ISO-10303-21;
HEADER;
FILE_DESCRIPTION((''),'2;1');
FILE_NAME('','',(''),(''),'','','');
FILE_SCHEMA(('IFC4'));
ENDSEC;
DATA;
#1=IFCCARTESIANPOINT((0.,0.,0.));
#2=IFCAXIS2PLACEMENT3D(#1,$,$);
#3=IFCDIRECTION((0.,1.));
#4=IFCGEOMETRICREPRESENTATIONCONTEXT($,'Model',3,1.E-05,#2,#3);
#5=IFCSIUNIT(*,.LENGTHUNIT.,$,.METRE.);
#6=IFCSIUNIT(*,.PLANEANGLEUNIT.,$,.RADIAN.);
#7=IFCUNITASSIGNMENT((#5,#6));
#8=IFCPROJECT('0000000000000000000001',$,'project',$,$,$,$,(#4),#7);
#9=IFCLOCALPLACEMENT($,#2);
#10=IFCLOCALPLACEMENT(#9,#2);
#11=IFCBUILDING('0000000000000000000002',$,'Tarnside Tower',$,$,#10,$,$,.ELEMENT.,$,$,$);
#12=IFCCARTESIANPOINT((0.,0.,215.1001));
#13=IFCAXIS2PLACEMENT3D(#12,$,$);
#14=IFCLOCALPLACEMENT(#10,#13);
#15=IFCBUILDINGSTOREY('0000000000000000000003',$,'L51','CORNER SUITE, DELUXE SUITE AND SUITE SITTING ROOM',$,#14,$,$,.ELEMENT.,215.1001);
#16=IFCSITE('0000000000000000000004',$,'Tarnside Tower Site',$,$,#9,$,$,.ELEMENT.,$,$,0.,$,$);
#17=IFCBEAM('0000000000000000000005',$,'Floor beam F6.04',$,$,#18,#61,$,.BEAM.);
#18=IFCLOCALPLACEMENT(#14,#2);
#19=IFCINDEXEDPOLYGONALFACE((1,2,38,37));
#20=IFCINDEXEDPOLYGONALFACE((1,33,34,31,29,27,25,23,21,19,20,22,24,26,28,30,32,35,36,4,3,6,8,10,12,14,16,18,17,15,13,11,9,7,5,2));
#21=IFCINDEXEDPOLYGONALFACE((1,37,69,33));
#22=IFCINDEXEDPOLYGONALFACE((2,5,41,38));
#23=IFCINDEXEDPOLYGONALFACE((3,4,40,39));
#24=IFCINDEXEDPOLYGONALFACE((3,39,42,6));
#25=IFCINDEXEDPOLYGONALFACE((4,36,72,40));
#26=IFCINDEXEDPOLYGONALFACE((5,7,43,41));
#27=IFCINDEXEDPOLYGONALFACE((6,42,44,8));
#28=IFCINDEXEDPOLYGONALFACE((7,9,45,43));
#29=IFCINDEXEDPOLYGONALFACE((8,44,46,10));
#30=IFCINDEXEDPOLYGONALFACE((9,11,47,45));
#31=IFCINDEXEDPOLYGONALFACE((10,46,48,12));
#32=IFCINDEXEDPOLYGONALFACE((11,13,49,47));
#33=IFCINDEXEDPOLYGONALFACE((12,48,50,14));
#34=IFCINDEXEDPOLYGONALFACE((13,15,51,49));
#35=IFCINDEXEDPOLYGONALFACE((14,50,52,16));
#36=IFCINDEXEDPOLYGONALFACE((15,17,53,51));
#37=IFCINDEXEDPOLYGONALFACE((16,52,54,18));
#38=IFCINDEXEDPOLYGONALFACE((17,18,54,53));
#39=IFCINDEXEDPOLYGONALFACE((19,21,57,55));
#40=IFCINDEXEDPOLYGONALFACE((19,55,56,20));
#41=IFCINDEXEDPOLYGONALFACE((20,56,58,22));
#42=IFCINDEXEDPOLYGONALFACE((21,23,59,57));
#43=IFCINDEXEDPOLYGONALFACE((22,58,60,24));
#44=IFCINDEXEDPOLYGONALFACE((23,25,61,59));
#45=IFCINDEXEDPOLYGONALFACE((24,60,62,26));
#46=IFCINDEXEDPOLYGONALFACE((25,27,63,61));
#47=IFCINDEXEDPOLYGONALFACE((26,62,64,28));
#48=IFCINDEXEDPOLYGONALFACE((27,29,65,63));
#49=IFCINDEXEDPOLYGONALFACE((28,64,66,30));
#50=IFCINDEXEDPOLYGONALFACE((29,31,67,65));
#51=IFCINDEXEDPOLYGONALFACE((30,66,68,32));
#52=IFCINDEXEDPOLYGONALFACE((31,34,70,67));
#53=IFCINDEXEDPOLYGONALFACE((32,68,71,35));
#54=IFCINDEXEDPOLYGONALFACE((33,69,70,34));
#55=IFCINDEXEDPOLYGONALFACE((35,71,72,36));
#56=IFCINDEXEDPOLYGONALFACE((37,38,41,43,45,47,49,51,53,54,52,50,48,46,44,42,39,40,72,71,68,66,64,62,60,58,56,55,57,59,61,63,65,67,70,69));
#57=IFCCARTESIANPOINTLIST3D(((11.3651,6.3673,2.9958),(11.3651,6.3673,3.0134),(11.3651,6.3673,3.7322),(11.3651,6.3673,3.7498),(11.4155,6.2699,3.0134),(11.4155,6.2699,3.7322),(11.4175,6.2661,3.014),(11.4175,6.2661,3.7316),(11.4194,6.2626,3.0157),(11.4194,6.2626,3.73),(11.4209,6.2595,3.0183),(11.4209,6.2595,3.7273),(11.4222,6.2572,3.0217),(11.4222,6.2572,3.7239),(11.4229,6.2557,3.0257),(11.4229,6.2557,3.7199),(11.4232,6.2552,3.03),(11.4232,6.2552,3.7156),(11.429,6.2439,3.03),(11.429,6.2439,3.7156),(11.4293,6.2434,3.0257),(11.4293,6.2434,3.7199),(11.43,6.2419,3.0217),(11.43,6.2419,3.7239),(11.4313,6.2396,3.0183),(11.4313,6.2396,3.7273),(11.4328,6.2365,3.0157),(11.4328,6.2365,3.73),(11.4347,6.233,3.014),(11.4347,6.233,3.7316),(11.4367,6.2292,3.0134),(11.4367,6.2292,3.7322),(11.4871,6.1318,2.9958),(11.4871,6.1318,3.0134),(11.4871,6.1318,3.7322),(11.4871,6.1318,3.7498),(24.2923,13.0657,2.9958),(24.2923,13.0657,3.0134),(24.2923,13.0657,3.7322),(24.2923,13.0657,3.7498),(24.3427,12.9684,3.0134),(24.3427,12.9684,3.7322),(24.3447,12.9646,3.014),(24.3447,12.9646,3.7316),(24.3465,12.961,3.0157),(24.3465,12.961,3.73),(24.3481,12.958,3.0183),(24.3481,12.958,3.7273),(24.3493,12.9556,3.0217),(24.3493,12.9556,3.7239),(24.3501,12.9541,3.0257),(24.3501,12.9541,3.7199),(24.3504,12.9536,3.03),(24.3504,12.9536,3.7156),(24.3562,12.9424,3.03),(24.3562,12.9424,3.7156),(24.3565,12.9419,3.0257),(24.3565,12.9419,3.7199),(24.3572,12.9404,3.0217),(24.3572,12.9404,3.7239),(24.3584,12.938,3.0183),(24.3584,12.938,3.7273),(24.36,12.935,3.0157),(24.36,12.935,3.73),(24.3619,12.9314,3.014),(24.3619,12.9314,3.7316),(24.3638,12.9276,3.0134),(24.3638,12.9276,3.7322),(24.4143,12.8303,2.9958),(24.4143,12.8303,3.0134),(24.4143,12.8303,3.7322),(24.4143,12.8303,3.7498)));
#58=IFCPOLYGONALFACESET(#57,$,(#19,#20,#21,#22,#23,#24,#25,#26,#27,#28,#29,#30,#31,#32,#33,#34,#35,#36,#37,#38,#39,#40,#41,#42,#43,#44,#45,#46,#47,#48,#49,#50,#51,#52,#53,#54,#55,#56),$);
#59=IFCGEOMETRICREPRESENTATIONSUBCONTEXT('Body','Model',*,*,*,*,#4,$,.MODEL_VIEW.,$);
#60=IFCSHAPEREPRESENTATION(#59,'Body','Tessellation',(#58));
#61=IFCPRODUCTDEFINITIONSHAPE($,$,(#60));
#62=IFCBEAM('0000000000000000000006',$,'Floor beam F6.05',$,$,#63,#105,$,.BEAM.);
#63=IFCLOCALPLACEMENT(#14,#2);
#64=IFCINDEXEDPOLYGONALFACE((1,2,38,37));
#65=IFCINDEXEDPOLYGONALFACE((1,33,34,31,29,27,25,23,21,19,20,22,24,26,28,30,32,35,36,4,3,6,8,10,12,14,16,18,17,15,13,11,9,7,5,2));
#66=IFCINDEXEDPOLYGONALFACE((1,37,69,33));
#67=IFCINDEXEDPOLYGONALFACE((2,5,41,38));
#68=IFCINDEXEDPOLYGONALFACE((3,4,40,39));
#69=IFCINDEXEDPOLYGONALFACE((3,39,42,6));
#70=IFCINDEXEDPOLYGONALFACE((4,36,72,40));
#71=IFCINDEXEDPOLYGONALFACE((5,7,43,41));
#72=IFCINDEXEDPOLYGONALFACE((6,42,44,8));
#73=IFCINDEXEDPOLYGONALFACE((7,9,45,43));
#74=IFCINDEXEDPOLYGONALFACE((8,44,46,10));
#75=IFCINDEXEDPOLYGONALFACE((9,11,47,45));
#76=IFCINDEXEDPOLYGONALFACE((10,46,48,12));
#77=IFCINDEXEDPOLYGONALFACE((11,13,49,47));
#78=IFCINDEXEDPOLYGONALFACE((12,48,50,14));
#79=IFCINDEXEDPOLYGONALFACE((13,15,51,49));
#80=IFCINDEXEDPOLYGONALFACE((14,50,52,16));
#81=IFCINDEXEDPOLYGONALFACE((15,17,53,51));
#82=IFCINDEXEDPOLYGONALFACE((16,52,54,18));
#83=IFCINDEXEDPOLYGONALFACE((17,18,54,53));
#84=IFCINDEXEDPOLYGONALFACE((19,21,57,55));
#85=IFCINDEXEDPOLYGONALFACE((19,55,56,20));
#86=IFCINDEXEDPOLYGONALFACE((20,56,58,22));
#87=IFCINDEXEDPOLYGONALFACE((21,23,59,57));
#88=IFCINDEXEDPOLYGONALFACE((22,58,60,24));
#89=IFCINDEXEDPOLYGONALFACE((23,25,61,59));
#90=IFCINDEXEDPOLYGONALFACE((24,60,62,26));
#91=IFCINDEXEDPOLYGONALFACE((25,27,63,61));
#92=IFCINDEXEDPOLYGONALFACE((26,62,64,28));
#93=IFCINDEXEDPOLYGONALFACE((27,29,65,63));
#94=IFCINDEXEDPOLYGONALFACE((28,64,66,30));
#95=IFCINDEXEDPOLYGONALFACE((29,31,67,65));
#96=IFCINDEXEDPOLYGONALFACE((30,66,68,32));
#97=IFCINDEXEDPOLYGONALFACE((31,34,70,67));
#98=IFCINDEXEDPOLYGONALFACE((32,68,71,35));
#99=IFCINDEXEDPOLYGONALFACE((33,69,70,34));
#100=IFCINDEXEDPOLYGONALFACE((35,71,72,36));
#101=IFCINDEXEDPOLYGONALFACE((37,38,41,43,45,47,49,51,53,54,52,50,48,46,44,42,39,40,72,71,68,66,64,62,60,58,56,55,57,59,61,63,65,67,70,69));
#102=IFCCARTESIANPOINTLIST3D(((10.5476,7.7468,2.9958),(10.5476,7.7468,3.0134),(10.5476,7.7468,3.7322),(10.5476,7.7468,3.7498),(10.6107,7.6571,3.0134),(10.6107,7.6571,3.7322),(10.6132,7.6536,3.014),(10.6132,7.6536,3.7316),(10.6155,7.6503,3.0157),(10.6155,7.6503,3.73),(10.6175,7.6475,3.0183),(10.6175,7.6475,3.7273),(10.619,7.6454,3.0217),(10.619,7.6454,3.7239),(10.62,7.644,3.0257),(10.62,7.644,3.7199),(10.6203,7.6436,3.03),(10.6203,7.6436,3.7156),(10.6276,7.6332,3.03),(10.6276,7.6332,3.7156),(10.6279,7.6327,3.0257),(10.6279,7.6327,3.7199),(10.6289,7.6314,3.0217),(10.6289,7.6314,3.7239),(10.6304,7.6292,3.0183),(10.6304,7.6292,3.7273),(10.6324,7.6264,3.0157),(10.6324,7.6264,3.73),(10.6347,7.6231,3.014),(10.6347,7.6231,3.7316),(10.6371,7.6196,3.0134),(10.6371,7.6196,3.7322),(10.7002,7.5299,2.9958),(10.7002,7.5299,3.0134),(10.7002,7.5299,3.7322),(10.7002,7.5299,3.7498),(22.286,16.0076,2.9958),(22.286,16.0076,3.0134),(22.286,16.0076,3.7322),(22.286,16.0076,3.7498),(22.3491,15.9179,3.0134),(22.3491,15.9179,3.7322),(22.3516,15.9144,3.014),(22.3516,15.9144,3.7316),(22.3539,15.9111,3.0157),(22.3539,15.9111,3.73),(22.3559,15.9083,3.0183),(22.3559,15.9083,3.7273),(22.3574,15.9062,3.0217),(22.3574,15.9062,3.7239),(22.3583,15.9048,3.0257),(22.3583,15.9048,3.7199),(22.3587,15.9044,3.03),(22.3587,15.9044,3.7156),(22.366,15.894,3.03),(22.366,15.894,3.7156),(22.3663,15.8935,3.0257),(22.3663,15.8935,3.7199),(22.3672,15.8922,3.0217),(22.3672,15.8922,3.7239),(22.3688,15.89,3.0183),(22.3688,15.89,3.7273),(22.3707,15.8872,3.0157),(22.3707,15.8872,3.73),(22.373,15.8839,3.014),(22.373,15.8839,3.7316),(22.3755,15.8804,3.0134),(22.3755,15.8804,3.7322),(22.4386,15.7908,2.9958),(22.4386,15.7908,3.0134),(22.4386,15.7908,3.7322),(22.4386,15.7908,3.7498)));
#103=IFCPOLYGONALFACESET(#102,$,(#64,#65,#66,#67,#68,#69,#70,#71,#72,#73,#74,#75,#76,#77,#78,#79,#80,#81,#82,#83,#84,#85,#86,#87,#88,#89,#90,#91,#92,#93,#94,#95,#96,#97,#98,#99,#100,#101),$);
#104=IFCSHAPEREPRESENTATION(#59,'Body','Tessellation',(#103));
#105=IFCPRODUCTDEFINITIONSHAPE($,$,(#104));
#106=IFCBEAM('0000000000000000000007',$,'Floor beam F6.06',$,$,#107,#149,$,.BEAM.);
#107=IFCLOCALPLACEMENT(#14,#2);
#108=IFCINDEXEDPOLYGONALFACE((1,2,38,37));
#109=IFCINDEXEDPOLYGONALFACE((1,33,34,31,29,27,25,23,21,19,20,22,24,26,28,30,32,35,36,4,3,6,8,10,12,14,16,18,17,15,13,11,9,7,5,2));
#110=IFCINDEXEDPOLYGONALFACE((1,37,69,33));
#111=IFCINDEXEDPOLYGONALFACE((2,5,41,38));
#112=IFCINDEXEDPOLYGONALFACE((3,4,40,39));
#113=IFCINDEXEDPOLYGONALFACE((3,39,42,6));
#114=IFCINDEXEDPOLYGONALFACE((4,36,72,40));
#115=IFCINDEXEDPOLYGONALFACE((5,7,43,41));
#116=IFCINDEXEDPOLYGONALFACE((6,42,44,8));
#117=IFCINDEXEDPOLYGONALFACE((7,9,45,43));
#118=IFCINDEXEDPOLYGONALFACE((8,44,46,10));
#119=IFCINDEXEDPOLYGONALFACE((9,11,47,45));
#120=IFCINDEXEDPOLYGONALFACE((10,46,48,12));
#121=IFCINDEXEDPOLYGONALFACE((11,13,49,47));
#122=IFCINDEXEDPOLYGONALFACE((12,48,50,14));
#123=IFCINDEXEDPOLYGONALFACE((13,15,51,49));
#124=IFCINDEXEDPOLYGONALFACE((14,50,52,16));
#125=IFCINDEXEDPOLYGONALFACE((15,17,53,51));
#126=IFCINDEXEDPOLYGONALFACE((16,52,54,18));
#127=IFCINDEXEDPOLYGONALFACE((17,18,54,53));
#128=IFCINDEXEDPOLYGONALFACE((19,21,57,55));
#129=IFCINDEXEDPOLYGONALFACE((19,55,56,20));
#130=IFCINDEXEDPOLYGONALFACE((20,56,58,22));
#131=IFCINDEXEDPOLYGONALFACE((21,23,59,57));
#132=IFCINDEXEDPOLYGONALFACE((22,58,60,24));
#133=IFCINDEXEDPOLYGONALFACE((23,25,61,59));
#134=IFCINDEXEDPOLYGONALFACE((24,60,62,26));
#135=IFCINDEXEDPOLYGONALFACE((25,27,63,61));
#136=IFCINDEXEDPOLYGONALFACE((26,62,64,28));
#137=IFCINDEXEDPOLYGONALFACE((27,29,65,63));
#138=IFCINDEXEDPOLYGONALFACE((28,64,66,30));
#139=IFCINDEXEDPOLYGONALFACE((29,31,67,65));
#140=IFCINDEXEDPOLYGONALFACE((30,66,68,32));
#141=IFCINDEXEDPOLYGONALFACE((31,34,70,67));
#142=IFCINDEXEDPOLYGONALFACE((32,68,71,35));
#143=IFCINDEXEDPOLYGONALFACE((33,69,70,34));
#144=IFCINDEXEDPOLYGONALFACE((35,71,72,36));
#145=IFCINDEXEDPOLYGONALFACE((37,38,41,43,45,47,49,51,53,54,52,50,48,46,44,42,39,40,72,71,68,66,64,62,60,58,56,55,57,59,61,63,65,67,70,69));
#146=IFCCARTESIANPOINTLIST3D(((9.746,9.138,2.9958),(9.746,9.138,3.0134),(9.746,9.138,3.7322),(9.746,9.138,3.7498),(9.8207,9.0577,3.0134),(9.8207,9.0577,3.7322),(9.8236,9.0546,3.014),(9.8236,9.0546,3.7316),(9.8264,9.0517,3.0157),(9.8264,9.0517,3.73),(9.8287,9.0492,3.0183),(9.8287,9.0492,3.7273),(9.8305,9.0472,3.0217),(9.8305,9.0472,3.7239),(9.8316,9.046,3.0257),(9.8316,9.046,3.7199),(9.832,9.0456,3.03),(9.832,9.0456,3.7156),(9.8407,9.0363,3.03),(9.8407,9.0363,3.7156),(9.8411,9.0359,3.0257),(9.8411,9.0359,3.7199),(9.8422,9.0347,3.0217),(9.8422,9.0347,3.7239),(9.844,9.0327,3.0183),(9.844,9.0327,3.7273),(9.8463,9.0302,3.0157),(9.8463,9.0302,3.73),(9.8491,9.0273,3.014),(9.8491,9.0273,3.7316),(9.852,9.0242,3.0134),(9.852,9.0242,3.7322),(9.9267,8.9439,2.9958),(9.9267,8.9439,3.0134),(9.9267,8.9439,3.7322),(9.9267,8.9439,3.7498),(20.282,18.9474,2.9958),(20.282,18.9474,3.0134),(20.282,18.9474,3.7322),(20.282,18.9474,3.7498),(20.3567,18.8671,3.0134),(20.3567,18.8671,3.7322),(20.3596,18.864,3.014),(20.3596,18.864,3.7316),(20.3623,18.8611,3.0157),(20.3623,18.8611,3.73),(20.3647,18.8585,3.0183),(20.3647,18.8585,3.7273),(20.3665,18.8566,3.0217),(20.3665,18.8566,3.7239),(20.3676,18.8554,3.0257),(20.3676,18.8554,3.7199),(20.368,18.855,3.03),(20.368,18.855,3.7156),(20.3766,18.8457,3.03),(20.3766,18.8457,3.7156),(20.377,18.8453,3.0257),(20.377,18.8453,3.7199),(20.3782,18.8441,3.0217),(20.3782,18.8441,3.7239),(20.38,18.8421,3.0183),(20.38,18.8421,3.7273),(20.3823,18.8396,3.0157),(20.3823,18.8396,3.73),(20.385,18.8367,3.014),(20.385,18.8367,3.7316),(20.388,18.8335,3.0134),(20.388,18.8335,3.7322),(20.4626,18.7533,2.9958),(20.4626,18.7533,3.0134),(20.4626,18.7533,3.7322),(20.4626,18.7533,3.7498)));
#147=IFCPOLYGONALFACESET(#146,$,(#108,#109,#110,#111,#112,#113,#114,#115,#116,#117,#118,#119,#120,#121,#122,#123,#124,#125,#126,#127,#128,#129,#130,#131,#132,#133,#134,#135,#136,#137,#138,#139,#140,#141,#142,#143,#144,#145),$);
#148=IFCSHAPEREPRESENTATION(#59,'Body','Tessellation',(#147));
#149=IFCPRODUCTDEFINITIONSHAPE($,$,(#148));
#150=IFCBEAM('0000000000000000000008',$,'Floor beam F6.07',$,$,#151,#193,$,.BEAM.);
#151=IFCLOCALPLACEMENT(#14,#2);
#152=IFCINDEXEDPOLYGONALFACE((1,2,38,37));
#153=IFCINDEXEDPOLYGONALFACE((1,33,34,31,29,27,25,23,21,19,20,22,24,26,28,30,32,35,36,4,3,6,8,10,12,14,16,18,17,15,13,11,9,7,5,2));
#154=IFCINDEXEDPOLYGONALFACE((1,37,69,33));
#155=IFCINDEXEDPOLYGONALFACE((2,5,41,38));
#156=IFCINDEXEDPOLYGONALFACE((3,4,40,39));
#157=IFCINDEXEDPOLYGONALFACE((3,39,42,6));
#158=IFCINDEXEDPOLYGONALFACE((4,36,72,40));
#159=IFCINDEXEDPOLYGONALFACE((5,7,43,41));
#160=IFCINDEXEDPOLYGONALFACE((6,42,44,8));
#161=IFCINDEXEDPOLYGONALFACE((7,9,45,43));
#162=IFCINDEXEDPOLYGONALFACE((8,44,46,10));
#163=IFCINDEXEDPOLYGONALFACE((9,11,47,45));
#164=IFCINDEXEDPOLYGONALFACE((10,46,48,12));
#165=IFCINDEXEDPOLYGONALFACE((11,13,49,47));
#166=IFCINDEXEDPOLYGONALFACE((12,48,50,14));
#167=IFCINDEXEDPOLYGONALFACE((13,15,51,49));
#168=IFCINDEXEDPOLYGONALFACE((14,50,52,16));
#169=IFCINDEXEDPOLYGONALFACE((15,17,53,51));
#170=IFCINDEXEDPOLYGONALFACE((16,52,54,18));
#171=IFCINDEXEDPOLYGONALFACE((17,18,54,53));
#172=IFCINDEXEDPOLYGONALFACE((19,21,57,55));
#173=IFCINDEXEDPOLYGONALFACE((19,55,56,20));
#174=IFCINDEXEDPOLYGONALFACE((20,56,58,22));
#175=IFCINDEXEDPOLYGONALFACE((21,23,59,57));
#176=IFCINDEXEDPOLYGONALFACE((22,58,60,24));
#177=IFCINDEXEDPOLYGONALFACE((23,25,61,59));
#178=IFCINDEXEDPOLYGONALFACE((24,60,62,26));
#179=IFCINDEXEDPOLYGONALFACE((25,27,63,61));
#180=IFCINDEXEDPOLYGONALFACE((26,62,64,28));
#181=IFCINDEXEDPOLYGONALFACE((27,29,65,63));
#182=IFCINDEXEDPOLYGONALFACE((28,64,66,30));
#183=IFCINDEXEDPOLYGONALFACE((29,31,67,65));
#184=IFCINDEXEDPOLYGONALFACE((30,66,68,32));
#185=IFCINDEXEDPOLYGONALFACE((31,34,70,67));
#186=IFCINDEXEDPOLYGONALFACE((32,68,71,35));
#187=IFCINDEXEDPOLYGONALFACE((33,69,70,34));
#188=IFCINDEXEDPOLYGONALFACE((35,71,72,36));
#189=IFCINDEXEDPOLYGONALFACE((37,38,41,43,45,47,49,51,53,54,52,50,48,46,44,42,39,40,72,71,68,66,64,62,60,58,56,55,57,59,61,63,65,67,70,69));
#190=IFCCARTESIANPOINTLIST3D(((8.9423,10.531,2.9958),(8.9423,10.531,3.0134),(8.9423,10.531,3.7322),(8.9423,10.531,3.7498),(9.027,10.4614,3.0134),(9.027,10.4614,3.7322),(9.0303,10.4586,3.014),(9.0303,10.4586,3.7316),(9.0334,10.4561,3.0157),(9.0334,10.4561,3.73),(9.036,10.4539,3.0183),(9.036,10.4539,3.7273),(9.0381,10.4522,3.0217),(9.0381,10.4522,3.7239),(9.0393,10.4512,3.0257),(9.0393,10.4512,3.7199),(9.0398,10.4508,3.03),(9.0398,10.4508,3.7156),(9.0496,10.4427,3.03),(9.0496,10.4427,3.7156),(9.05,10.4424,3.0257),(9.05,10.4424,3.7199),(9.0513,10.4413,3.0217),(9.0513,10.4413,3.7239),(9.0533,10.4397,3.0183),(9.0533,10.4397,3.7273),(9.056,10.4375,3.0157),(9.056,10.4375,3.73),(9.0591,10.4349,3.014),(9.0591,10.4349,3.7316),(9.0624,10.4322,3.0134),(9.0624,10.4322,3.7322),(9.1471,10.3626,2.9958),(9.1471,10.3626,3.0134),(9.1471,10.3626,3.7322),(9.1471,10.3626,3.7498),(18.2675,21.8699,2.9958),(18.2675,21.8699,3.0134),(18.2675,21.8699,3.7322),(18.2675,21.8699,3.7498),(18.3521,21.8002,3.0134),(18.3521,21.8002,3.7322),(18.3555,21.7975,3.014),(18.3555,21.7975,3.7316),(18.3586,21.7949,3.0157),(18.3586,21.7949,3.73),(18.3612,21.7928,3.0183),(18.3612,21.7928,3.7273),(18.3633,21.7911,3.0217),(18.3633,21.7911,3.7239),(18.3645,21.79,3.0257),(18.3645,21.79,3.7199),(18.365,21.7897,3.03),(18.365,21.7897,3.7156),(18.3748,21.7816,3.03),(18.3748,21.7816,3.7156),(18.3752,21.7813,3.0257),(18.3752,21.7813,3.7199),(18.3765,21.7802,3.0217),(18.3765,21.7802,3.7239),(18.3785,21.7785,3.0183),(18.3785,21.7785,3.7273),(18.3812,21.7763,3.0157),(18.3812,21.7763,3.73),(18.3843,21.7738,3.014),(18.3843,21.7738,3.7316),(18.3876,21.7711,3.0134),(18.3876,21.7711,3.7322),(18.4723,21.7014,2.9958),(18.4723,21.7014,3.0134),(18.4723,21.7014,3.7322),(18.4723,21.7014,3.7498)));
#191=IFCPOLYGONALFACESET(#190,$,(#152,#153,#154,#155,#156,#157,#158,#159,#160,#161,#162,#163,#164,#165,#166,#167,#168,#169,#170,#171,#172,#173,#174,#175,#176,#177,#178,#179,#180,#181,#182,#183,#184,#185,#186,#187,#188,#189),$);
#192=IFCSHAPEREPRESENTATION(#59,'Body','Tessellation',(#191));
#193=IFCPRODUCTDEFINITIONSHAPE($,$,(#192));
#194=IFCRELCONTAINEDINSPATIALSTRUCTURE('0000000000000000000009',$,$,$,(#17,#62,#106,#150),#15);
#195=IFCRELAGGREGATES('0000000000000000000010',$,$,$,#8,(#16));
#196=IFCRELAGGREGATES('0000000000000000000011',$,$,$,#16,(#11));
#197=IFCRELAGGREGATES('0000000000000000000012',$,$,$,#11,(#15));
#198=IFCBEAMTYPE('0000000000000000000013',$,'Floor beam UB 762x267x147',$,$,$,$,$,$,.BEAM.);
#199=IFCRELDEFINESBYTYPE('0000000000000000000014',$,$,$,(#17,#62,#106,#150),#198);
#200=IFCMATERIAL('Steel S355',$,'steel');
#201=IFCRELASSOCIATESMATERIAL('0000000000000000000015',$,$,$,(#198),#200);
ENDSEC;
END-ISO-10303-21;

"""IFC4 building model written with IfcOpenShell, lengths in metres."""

from ifc_helpers import new_model, si_unit, direction, frame, origin, origin_2d, place, context, subcontext, project, spatial, i_section, extrude, material, material_profile, profile_set, type_object, element, save


model = new_model("IFC4")

# Units and contexts
model_context = context("Model", 3, precision=1e-05, world=origin(), true_north=direction((0.0, 1.0)))
body_context = subcontext(model_context, "Body", "Model", "MODEL_VIEW")
ifc_project = project(units=[si_unit("LENGTHUNIT", "METRE"), si_unit("PLANEANGLEUNIT", "RADIAN")], contexts=[model_context])

# Site, building, storey
site_placement = place(None, origin())
site = spatial("IfcSite", under=ifc_project, at=site_placement, Name="Tarnside Tower Site", CompositionType="ELEMENT", RefElevation=0.0)
building_placement = place(site_placement, origin())
building = spatial("IfcBuilding", under=site, at=building_placement, Name="Tarnside Tower", CompositionType="ELEMENT")
storey_placement = place(building_placement, frame((0.0, 0.0, 215.1001)))
storey = spatial("IfcBuildingStorey", under=building, at=storey_placement, Name="L51", Description="CORNER SUITE, DELUXE SUITE AND SUITE SITTING ROOM", CompositionType="ELEMENT", Elevation=215.1001)

# Beams
ifc_material_1 = material(Name="Steel S355", Category="steel")
ifc_material_profile = material_profile(ifc_material_1, i_section(OverallWidth=0.2651, OverallDepth=0.7539, WebThickness=0.0127, FlangeThickness=0.0176, FilletRadius=0.0166, at=origin_2d()), Name="UB 762x267x147")
ifc_profile_set = profile_set([ifc_material_profile], Name="Steel S355")
beam_type = type_object("IfcBeamType", Name="Floor beam UB 762x267x147", PredefinedType="BEAM", material=ifc_profile_set)
beam_1_placement = place(storey_placement, frame((24.3533, 12.948, 3.3728), z_axis=(-0.887882, -0.460072, 0.0), x_axis=(0.460072, -0.887882, 0.0)))
element("IfcBeam", 1, at=beam_1_placement, inside=storey, type_object=beam_type, Name="Floor beam F6.04", PredefinedType="BEAM", context=body_context, shape_type="SweptSolid", body=[
    extrude(i_section(OverallWidth=0.2651, OverallDepth=0.7539, WebThickness=0.0127, FlangeThickness=0.0176, FilletRadius=0.0166, at=origin_2d()), origin(), (0.0, 0.0, 1.0), 14.5596),
])
beam_2_placement = place(storey_placement, frame((22.3623, 15.8992, 3.3728), z_axis=(-0.817791, -0.575515, 0.0), x_axis=(0.575515, -0.817791, 0.0)))
element("IfcBeam", 2, at=beam_2_placement, inside=storey, type_object=beam_type, Name="Floor beam F6.05", PredefinedType="BEAM", context=body_context, shape_type="SweptSolid", body=[
    extrude(i_section(OverallWidth=0.2651, OverallDepth=0.7539, WebThickness=0.0127, FlangeThickness=0.0176, FilletRadius=0.0166, at=origin_2d()), origin(), (0.0, 0.0, 1.0), 14.3538),
])
beam_3_placement = place(storey_placement, frame((20.3723, 18.8503, 3.3728), z_axis=(-0.731892, -0.68142, 0.0), x_axis=(0.68142, -0.731892, 0.0)))
element("IfcBeam", 3, at=beam_3_placement, inside=storey, type_object=beam_type, Name="Floor beam F6.06", PredefinedType="BEAM", context=body_context, shape_type="SweptSolid", body=[
    extrude(i_section(OverallWidth=0.2651, OverallDepth=0.7539, WebThickness=0.0127, FlangeThickness=0.0176, FilletRadius=0.0166, at=origin_2d()), origin(), (0.0, 0.0, 1.0), 14.3955),
])
beam_4_placement = place(storey_placement, frame((18.3699, 21.7856, 3.3728), z_axis=(-0.635192, -0.772354, 0.0), x_axis=(0.772354, -0.635192, 0.0)))
element("IfcBeam", 4, at=beam_4_placement, inside=storey, type_object=beam_type, Name="Floor beam F6.07", PredefinedType="BEAM", context=body_context, shape_type="SweptSolid", body=[
    extrude(i_section(OverallWidth=0.2651, OverallDepth=0.7539, WebThickness=0.0127, FlangeThickness=0.0176, FilletRadius=0.0166, at=origin_2d()), origin(), (0.0, 0.0, 1.0), 14.6809),
])

save(model, "model.ifc")
